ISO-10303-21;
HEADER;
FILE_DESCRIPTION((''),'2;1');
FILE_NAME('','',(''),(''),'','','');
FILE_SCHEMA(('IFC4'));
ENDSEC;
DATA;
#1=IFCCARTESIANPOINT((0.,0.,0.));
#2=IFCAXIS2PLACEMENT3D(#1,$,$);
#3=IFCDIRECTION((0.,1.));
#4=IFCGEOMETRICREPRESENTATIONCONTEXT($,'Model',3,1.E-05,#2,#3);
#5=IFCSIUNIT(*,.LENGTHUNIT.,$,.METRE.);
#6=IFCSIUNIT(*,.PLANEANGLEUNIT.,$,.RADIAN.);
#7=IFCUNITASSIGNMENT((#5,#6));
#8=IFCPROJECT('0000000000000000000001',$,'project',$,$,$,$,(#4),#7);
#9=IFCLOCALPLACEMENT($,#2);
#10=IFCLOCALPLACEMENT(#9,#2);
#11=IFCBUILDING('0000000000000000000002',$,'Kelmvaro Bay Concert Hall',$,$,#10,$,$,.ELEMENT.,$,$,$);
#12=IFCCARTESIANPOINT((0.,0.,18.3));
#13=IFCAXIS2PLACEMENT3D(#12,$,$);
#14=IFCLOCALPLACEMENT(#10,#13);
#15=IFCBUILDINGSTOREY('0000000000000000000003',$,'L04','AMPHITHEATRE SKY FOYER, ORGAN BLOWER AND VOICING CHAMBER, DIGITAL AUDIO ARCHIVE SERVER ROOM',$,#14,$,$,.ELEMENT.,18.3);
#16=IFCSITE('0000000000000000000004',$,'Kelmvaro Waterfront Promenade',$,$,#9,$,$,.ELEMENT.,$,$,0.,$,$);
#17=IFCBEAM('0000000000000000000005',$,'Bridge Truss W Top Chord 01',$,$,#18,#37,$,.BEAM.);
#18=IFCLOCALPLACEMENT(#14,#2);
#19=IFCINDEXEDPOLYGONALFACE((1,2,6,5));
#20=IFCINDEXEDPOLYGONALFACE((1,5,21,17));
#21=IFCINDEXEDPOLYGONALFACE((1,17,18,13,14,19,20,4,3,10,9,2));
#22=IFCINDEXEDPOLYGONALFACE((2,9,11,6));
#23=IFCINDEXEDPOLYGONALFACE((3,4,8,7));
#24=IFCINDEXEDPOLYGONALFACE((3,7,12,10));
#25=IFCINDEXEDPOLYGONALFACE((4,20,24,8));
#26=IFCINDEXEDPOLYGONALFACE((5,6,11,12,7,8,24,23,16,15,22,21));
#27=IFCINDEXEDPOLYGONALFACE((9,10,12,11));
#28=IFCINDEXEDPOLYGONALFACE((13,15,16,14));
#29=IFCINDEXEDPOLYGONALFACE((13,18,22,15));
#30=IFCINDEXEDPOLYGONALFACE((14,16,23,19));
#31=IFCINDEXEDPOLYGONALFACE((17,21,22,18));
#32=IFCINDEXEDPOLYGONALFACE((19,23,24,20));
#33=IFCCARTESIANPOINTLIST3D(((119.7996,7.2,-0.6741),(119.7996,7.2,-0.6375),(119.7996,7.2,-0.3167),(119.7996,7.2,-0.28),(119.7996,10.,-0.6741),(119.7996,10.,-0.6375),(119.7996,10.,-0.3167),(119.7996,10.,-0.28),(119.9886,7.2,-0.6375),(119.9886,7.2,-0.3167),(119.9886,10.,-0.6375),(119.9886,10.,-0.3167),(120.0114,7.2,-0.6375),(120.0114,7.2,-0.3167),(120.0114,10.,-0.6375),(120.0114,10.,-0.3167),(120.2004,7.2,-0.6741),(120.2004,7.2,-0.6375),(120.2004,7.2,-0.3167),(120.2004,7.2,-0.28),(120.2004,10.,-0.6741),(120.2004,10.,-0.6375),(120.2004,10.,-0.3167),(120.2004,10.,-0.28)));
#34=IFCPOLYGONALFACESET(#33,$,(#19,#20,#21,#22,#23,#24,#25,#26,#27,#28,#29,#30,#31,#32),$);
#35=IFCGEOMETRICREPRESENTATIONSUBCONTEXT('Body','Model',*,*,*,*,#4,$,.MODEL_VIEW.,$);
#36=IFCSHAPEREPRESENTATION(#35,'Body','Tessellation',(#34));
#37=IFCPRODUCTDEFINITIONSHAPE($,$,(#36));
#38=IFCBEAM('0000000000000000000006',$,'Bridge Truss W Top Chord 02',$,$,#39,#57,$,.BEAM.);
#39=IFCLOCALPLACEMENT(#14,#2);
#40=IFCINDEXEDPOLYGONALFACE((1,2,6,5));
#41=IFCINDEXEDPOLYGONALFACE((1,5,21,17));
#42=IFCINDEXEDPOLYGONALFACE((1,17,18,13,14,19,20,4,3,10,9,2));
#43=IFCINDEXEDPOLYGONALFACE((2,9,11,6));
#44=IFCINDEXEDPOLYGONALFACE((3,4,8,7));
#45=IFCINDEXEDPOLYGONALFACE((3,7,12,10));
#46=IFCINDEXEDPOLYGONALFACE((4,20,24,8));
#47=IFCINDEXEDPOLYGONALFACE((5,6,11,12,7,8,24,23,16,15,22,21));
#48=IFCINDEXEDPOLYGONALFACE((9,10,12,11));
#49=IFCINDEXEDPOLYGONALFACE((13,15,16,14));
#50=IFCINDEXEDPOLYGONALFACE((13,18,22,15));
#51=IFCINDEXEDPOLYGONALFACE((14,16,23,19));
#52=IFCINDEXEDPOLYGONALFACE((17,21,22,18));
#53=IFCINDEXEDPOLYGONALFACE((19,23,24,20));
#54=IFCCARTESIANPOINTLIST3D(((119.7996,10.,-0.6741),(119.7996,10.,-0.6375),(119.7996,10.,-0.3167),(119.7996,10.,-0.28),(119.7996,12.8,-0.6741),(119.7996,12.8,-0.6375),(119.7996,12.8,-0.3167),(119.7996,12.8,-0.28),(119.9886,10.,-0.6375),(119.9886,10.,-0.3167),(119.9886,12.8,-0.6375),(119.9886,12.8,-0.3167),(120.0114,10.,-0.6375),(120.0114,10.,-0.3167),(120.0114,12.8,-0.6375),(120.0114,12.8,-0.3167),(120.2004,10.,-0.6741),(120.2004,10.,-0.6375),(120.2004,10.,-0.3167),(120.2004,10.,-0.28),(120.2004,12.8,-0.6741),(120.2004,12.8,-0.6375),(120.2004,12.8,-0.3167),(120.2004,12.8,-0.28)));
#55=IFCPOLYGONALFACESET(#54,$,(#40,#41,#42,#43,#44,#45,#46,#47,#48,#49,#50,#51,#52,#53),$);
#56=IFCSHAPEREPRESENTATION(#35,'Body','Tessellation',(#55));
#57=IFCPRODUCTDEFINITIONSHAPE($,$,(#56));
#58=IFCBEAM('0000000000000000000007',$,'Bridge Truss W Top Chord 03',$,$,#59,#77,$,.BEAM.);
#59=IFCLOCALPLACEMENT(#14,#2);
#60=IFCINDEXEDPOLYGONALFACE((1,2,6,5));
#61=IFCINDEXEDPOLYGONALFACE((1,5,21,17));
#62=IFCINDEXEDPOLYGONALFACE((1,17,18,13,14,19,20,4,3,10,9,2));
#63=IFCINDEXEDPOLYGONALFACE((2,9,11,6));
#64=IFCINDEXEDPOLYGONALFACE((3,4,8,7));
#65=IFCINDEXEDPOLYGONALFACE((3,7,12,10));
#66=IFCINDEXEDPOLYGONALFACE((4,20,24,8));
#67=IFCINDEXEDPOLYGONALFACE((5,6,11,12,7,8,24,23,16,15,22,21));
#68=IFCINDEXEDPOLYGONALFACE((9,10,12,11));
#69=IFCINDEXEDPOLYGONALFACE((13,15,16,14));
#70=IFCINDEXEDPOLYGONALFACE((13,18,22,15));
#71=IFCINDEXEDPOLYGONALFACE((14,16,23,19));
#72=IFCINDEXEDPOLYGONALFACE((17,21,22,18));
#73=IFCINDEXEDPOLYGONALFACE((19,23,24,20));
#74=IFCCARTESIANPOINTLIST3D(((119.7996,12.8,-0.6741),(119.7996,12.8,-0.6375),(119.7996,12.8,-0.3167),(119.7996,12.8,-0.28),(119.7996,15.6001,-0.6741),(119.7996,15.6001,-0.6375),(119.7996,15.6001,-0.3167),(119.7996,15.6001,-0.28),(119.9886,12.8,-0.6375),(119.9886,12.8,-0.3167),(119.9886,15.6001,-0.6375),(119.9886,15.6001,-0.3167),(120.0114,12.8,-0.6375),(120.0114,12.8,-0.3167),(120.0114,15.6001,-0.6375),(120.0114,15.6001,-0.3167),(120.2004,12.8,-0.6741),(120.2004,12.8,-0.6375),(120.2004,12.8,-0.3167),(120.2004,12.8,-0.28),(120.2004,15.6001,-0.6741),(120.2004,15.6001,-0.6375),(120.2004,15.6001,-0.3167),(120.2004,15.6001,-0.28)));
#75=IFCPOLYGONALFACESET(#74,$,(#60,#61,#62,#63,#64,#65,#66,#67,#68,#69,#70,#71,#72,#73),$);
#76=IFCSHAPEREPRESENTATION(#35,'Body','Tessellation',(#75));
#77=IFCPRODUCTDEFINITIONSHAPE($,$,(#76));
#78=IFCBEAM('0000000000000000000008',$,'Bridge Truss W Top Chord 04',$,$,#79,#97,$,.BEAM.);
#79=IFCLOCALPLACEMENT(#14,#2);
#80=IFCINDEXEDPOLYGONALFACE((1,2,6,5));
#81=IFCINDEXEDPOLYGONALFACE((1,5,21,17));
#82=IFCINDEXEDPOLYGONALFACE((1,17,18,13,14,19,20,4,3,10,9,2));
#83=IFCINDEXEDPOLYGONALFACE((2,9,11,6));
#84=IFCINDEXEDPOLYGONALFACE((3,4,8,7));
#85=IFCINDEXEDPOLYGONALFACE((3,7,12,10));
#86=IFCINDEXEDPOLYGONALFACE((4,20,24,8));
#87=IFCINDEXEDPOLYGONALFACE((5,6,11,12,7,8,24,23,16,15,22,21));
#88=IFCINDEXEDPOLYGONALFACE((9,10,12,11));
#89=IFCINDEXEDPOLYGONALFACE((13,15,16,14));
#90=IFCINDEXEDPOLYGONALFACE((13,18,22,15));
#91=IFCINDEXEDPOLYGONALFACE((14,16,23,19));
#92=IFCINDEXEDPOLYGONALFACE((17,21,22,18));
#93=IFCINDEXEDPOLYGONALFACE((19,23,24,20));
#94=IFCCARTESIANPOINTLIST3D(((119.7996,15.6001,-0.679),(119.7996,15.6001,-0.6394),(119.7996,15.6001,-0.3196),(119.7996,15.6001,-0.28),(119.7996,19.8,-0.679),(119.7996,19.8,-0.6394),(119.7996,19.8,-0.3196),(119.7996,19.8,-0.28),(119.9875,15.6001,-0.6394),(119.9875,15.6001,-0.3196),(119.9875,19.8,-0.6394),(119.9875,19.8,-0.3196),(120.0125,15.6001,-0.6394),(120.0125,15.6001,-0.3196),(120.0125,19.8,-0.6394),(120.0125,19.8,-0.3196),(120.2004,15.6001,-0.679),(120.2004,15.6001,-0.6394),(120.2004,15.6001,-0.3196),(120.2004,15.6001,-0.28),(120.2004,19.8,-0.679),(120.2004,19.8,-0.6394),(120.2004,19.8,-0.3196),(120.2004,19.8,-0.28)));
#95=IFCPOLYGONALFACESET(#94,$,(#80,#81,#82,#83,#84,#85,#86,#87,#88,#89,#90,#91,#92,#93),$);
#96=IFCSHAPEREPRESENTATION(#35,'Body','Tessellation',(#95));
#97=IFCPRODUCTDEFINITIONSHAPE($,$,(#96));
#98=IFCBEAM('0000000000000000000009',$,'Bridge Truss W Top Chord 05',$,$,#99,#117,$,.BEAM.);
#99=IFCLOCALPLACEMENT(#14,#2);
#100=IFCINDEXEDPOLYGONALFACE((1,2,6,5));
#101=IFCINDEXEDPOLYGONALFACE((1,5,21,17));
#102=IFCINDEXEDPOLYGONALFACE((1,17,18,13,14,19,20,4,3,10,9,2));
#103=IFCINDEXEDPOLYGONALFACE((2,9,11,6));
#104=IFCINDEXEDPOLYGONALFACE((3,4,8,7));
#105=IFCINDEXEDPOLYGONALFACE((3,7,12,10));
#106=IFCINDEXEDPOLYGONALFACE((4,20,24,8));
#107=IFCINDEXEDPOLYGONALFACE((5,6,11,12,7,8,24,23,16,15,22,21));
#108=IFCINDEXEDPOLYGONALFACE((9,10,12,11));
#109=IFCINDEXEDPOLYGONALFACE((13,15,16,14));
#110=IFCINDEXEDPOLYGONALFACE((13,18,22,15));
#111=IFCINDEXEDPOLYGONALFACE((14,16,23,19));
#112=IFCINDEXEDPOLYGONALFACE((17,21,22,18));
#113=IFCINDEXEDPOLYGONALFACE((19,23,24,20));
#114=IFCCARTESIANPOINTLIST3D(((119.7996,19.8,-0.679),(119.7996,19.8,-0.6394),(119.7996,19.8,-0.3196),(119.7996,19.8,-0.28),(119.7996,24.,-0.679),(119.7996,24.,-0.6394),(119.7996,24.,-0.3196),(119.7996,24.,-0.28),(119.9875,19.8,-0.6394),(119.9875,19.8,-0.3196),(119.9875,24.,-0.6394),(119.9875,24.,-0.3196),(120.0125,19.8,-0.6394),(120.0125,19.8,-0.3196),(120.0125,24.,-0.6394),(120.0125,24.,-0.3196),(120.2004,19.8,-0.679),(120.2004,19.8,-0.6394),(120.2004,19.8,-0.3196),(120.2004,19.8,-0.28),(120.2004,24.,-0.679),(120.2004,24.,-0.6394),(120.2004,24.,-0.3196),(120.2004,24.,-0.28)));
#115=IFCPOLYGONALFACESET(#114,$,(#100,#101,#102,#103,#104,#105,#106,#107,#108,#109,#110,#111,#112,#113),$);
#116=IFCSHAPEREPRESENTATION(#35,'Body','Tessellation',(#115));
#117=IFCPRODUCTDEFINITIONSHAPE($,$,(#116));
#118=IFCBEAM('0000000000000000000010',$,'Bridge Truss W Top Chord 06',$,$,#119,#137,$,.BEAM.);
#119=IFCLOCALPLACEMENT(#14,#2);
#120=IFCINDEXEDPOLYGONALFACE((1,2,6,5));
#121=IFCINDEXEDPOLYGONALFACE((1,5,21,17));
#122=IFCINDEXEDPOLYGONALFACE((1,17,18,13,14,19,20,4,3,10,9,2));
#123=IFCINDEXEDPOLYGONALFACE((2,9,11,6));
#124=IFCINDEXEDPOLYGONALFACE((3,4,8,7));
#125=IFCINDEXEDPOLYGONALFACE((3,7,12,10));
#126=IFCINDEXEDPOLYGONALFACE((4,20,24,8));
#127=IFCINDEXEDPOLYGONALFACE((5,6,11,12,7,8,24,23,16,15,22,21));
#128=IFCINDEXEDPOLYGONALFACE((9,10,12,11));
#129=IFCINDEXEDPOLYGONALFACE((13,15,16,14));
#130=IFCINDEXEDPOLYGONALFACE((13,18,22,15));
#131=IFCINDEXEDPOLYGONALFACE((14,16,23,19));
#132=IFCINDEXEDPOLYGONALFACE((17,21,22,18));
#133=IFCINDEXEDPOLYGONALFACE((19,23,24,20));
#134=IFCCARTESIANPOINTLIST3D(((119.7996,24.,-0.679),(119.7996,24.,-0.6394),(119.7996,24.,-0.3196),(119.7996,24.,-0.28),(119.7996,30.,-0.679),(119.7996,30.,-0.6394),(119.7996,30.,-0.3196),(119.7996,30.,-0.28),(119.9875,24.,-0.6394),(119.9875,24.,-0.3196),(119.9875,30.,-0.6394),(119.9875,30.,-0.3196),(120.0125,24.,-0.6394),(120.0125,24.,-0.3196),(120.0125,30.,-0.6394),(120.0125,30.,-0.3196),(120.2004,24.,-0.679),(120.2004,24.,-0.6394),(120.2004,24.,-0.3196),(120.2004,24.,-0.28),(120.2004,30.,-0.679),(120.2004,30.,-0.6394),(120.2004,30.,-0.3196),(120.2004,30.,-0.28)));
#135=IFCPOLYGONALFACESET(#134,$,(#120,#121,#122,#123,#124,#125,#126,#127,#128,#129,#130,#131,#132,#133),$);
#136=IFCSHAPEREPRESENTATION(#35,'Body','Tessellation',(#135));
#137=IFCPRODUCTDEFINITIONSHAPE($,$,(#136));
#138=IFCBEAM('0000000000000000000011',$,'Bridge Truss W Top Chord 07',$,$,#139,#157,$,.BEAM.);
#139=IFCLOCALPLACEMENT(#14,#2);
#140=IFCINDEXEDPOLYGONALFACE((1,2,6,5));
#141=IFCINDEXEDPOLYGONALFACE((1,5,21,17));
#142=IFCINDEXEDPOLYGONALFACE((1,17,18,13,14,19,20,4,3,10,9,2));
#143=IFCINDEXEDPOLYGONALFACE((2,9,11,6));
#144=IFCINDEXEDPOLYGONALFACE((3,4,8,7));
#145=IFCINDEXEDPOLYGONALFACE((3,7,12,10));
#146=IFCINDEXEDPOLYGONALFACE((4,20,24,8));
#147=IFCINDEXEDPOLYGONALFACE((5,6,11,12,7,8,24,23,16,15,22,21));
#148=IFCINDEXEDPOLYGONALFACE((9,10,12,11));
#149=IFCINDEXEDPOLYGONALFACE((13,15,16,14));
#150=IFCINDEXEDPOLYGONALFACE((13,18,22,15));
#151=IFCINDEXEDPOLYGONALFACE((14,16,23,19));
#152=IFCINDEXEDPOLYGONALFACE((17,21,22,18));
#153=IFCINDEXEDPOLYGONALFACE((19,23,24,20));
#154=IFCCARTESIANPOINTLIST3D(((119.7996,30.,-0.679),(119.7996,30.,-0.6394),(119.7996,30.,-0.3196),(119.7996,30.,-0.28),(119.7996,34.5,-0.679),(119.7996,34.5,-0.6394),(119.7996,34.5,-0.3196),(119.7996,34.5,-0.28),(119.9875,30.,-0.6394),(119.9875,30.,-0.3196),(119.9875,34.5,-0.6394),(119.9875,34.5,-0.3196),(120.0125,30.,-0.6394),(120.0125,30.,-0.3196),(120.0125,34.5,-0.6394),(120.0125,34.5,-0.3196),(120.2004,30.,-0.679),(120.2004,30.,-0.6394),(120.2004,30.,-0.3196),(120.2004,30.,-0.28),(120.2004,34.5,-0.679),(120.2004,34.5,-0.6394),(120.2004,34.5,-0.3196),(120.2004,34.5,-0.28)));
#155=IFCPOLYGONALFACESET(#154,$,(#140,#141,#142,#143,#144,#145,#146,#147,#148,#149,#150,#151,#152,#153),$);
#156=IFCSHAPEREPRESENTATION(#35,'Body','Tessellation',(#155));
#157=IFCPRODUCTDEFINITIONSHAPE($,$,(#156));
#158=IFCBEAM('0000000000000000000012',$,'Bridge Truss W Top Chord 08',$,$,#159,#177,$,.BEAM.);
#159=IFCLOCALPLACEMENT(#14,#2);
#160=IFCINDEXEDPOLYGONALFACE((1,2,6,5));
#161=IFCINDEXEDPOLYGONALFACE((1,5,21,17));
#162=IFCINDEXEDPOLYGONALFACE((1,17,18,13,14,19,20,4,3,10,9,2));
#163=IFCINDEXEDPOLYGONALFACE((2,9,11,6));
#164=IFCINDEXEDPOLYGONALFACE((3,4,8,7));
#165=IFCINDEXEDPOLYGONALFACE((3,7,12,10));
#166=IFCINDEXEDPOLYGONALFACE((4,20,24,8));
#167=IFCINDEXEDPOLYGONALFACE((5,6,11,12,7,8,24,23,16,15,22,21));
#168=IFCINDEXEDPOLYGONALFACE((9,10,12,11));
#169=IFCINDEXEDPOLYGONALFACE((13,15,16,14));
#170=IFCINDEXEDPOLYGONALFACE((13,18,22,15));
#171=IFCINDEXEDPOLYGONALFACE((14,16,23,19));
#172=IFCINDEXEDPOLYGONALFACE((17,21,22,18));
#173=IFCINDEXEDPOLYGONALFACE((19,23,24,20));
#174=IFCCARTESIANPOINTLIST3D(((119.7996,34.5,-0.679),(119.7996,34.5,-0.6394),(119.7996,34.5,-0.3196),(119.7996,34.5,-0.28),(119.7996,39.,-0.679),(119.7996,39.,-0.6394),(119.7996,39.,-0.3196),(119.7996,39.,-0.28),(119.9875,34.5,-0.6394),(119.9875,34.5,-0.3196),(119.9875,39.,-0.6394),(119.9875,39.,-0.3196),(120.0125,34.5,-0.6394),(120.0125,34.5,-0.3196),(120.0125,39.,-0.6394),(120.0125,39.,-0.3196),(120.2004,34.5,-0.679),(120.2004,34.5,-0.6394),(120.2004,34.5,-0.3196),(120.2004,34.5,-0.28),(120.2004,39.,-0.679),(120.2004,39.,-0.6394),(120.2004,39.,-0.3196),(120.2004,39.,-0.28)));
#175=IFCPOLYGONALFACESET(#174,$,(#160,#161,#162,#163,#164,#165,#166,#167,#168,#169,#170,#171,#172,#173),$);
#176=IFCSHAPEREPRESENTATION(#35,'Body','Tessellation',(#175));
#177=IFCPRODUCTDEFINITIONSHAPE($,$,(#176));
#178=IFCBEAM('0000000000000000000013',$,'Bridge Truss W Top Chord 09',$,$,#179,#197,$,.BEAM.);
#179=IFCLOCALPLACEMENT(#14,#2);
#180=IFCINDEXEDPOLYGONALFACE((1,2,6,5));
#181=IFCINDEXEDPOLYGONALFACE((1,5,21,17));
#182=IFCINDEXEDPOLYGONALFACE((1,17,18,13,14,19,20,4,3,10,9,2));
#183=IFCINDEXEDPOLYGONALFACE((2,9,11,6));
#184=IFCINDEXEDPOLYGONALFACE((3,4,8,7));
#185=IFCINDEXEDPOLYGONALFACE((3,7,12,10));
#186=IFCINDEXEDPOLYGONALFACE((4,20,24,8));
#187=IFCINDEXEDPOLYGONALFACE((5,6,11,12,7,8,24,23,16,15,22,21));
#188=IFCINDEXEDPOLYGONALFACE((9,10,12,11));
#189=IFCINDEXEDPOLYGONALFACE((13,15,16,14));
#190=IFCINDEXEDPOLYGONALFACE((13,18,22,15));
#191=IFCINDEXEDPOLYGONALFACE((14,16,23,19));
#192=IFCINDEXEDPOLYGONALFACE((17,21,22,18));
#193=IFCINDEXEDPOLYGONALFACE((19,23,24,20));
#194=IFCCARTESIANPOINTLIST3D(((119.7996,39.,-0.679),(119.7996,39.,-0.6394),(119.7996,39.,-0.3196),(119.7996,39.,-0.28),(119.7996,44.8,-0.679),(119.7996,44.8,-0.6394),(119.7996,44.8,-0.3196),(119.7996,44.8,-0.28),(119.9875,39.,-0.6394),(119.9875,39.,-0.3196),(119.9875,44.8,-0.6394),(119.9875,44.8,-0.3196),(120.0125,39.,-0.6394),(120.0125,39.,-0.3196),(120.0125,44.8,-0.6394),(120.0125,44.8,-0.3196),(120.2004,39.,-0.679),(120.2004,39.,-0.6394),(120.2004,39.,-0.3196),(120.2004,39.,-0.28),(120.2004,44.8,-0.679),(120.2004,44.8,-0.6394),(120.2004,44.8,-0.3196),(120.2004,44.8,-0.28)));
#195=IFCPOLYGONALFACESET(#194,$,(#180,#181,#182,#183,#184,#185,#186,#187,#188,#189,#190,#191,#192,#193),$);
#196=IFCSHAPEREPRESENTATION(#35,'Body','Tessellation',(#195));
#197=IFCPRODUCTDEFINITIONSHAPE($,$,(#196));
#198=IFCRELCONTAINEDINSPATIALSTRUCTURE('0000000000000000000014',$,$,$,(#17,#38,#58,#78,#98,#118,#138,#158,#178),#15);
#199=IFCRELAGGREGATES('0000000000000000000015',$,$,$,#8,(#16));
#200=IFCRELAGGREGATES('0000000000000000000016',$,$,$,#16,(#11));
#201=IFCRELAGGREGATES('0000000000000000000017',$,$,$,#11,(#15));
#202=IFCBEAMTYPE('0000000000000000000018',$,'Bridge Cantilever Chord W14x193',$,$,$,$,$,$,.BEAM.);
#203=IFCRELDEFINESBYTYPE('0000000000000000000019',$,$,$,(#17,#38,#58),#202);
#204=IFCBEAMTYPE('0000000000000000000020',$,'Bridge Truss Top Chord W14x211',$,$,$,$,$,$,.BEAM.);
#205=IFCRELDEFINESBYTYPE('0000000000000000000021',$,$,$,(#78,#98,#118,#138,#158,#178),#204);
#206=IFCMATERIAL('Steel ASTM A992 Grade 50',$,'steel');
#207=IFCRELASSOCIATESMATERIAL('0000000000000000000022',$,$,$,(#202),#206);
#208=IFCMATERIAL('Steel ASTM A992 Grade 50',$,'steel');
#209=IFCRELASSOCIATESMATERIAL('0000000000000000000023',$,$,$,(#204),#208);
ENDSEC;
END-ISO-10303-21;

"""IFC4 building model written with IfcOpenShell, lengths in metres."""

from ifc_helpers import new_model, si_unit, direction, frame, origin, origin_2d, place, context, subcontext, project, spatial, i_section, extrude, material, material_profile, profile_set, type_object, element, save


model = new_model("IFC4")

# Units and contexts
model_context = context("Model", 3, precision=1e-05, world=origin(), true_north=direction((0.0, 1.0)))
body_context = subcontext(model_context, "Body", "Model", "MODEL_VIEW")
ifc_project = project(units=[si_unit("LENGTHUNIT", "METRE"), si_unit("PLANEANGLEUNIT", "RADIAN")], contexts=[model_context])

# Site, building, storey
site_placement = place(None, origin())
site = spatial("IfcSite", under=ifc_project, at=site_placement, Name="Kelmvaro Waterfront Promenade", CompositionType="ELEMENT", RefElevation=0.0)
building_placement = place(site_placement, origin())
building = spatial("IfcBuilding", under=site, at=building_placement, Name="Kelmvaro Bay Concert Hall", CompositionType="ELEMENT")
storey_placement = place(building_placement, frame((0.0, 0.0, 18.3)))
storey = spatial("IfcBuildingStorey", under=building, at=storey_placement, Name="L04", Description="AMPHITHEATRE SKY FOYER, ORGAN BLOWER AND VOICING CHAMBER, DIGITAL AUDIO ARCHIVE SERVER ROOM", CompositionType="ELEMENT", Elevation=18.3)

# Beams
ifc_material_1 = material(Name="Steel ASTM A992 Grade 50", Category="steel")
ifc_material_profile_1 = material_profile(ifc_material_1, i_section(OverallWidth=0.4009, OverallDepth=0.394, WebThickness=0.0227, FlangeThickness=0.0366, at=origin_2d()), Name="W14X193")
ifc_profile_set_1 = profile_set([ifc_material_profile_1], Name="Steel ASTM A992 Grade 50")
beam_type_1 = type_object("IfcBeamType", Name="Bridge Cantilever Chord W14x193", PredefinedType="BEAM", material=ifc_profile_set_1)
for number, where, z_axis, x_axis, name in (
    (1, (120.0, 7.2, -0.4771), (0.0, 1.0, 0.0), (-1.0, 0.0, 0.0), "Bridge Truss W Top Chord 01"),
    (2, (120.0, 10.0, -0.4771), (0.0, 1.0, 0.0), (-1.0, 0.0, 0.0), "Bridge Truss W Top Chord 02"),
    (3, (120.0, 12.8, -0.4771), (0.0, 1.0, 0.0), (-1.0, 0.0, 0.0), "Bridge Truss W Top Chord 03"),
):
    element("IfcBeam", number, at=place(storey_placement, frame(where, z_axis=z_axis, x_axis=x_axis)), inside=storey, type_object=beam_type_1, Name=name, PredefinedType="BEAM", context=body_context, shape_type="SweptSolid", body=[
        extrude(i_section(OverallWidth=0.4009, OverallDepth=0.394, WebThickness=0.0227, FlangeThickness=0.0366, at=origin_2d()), origin(), (0.0, 0.0, 1.0), 2.8),
    ])
ifc_material_2 = material(Name="Steel ASTM A992 Grade 50", Category="steel")
ifc_material_profile_2 = material_profile(ifc_material_2, i_section(OverallWidth=0.4009, OverallDepth=0.3989, WebThickness=0.0249, FlangeThickness=0.0396, at=origin_2d()), Name="W14X211")
ifc_profile_set_2 = profile_set([ifc_material_profile_2], Name="Steel ASTM A992 Grade 50")
beam_type_2 = type_object("IfcBeamType", Name="Bridge Truss Top Chord W14x211", PredefinedType="BEAM", material=ifc_profile_set_2)
for number, where, z_axis, x_axis, name in (
    (4, (120.0, 15.6001, -0.4795), (0.0, 1.0, 0.0), (-1.0, 0.0, 0.0), "Bridge Truss W Top Chord 04"),
    (5, (120.0, 19.8, -0.4795), (0.0, 1.0, 0.0), (-1.0, 0.0, 0.0), "Bridge Truss W Top Chord 05"),
):
    element("IfcBeam", number, at=place(storey_placement, frame(where, z_axis=z_axis, x_axis=x_axis)), inside=storey, type_object=beam_type_2, Name=name, PredefinedType="BEAM", context=body_context, shape_type="SweptSolid", body=[
        extrude(i_section(OverallWidth=0.4009, OverallDepth=0.3989, WebThickness=0.0249, FlangeThickness=0.0396, at=origin_2d()), origin(), (0.0, 0.0, 1.0), 4.2),
    ])
beam_1_placement = place(storey_placement, frame((120.0, 24.0, -0.4795), z_axis=(0.0, 1.0, 0.0), x_axis=(-1.0, 0.0, 0.0)))
element("IfcBeam", 6, at=beam_1_placement, inside=storey, type_object=beam_type_2, Name="Bridge Truss W Top Chord 06", PredefinedType="BEAM", context=body_context, shape_type="SweptSolid", body=[
    extrude(i_section(OverallWidth=0.4009, OverallDepth=0.3989, WebThickness=0.0249, FlangeThickness=0.0396, at=origin_2d()), origin(), (0.0, 0.0, 1.0), 6.0),
])
for number, where, z_axis, x_axis, name in (
    (7, (120.0, 30.0, -0.4795), (0.0, 1.0, 0.0), (-1.0, 0.0, 0.0), "Bridge Truss W Top Chord 07"),
    (8, (120.0, 34.5, -0.4795), (0.0, 1.0, 0.0), (-1.0, 0.0, 0.0), "Bridge Truss W Top Chord 08"),
):
    element("IfcBeam", number, at=place(storey_placement, frame(where, z_axis=z_axis, x_axis=x_axis)), inside=storey, type_object=beam_type_2, Name=name, PredefinedType="BEAM", context=body_context, shape_type="SweptSolid", body=[
        extrude(i_section(OverallWidth=0.4009, OverallDepth=0.3989, WebThickness=0.0249, FlangeThickness=0.0396, at=origin_2d()), origin(), (0.0, 0.0, 1.0), 4.5),
    ])
for number, where, z_axis, x_axis, name in (
    (9, (120.0, 39.0, -0.4795), (0.0, 1.0, 0.0), (-1.0, 0.0, 0.0), "Bridge Truss W Top Chord 09"),
):
    element("IfcBeam", number, at=place(storey_placement, frame(where, z_axis=z_axis, x_axis=x_axis)), inside=storey, type_object=beam_type_2, Name=name, PredefinedType="BEAM", context=body_context, shape_type="SweptSolid", body=[
        extrude(i_section(OverallWidth=0.4009, OverallDepth=0.3989, WebThickness=0.0249, FlangeThickness=0.0396, at=origin_2d()), origin(), (0.0, 0.0, 1.0), 5.8),
    ])

save(model, "model.ifc")
